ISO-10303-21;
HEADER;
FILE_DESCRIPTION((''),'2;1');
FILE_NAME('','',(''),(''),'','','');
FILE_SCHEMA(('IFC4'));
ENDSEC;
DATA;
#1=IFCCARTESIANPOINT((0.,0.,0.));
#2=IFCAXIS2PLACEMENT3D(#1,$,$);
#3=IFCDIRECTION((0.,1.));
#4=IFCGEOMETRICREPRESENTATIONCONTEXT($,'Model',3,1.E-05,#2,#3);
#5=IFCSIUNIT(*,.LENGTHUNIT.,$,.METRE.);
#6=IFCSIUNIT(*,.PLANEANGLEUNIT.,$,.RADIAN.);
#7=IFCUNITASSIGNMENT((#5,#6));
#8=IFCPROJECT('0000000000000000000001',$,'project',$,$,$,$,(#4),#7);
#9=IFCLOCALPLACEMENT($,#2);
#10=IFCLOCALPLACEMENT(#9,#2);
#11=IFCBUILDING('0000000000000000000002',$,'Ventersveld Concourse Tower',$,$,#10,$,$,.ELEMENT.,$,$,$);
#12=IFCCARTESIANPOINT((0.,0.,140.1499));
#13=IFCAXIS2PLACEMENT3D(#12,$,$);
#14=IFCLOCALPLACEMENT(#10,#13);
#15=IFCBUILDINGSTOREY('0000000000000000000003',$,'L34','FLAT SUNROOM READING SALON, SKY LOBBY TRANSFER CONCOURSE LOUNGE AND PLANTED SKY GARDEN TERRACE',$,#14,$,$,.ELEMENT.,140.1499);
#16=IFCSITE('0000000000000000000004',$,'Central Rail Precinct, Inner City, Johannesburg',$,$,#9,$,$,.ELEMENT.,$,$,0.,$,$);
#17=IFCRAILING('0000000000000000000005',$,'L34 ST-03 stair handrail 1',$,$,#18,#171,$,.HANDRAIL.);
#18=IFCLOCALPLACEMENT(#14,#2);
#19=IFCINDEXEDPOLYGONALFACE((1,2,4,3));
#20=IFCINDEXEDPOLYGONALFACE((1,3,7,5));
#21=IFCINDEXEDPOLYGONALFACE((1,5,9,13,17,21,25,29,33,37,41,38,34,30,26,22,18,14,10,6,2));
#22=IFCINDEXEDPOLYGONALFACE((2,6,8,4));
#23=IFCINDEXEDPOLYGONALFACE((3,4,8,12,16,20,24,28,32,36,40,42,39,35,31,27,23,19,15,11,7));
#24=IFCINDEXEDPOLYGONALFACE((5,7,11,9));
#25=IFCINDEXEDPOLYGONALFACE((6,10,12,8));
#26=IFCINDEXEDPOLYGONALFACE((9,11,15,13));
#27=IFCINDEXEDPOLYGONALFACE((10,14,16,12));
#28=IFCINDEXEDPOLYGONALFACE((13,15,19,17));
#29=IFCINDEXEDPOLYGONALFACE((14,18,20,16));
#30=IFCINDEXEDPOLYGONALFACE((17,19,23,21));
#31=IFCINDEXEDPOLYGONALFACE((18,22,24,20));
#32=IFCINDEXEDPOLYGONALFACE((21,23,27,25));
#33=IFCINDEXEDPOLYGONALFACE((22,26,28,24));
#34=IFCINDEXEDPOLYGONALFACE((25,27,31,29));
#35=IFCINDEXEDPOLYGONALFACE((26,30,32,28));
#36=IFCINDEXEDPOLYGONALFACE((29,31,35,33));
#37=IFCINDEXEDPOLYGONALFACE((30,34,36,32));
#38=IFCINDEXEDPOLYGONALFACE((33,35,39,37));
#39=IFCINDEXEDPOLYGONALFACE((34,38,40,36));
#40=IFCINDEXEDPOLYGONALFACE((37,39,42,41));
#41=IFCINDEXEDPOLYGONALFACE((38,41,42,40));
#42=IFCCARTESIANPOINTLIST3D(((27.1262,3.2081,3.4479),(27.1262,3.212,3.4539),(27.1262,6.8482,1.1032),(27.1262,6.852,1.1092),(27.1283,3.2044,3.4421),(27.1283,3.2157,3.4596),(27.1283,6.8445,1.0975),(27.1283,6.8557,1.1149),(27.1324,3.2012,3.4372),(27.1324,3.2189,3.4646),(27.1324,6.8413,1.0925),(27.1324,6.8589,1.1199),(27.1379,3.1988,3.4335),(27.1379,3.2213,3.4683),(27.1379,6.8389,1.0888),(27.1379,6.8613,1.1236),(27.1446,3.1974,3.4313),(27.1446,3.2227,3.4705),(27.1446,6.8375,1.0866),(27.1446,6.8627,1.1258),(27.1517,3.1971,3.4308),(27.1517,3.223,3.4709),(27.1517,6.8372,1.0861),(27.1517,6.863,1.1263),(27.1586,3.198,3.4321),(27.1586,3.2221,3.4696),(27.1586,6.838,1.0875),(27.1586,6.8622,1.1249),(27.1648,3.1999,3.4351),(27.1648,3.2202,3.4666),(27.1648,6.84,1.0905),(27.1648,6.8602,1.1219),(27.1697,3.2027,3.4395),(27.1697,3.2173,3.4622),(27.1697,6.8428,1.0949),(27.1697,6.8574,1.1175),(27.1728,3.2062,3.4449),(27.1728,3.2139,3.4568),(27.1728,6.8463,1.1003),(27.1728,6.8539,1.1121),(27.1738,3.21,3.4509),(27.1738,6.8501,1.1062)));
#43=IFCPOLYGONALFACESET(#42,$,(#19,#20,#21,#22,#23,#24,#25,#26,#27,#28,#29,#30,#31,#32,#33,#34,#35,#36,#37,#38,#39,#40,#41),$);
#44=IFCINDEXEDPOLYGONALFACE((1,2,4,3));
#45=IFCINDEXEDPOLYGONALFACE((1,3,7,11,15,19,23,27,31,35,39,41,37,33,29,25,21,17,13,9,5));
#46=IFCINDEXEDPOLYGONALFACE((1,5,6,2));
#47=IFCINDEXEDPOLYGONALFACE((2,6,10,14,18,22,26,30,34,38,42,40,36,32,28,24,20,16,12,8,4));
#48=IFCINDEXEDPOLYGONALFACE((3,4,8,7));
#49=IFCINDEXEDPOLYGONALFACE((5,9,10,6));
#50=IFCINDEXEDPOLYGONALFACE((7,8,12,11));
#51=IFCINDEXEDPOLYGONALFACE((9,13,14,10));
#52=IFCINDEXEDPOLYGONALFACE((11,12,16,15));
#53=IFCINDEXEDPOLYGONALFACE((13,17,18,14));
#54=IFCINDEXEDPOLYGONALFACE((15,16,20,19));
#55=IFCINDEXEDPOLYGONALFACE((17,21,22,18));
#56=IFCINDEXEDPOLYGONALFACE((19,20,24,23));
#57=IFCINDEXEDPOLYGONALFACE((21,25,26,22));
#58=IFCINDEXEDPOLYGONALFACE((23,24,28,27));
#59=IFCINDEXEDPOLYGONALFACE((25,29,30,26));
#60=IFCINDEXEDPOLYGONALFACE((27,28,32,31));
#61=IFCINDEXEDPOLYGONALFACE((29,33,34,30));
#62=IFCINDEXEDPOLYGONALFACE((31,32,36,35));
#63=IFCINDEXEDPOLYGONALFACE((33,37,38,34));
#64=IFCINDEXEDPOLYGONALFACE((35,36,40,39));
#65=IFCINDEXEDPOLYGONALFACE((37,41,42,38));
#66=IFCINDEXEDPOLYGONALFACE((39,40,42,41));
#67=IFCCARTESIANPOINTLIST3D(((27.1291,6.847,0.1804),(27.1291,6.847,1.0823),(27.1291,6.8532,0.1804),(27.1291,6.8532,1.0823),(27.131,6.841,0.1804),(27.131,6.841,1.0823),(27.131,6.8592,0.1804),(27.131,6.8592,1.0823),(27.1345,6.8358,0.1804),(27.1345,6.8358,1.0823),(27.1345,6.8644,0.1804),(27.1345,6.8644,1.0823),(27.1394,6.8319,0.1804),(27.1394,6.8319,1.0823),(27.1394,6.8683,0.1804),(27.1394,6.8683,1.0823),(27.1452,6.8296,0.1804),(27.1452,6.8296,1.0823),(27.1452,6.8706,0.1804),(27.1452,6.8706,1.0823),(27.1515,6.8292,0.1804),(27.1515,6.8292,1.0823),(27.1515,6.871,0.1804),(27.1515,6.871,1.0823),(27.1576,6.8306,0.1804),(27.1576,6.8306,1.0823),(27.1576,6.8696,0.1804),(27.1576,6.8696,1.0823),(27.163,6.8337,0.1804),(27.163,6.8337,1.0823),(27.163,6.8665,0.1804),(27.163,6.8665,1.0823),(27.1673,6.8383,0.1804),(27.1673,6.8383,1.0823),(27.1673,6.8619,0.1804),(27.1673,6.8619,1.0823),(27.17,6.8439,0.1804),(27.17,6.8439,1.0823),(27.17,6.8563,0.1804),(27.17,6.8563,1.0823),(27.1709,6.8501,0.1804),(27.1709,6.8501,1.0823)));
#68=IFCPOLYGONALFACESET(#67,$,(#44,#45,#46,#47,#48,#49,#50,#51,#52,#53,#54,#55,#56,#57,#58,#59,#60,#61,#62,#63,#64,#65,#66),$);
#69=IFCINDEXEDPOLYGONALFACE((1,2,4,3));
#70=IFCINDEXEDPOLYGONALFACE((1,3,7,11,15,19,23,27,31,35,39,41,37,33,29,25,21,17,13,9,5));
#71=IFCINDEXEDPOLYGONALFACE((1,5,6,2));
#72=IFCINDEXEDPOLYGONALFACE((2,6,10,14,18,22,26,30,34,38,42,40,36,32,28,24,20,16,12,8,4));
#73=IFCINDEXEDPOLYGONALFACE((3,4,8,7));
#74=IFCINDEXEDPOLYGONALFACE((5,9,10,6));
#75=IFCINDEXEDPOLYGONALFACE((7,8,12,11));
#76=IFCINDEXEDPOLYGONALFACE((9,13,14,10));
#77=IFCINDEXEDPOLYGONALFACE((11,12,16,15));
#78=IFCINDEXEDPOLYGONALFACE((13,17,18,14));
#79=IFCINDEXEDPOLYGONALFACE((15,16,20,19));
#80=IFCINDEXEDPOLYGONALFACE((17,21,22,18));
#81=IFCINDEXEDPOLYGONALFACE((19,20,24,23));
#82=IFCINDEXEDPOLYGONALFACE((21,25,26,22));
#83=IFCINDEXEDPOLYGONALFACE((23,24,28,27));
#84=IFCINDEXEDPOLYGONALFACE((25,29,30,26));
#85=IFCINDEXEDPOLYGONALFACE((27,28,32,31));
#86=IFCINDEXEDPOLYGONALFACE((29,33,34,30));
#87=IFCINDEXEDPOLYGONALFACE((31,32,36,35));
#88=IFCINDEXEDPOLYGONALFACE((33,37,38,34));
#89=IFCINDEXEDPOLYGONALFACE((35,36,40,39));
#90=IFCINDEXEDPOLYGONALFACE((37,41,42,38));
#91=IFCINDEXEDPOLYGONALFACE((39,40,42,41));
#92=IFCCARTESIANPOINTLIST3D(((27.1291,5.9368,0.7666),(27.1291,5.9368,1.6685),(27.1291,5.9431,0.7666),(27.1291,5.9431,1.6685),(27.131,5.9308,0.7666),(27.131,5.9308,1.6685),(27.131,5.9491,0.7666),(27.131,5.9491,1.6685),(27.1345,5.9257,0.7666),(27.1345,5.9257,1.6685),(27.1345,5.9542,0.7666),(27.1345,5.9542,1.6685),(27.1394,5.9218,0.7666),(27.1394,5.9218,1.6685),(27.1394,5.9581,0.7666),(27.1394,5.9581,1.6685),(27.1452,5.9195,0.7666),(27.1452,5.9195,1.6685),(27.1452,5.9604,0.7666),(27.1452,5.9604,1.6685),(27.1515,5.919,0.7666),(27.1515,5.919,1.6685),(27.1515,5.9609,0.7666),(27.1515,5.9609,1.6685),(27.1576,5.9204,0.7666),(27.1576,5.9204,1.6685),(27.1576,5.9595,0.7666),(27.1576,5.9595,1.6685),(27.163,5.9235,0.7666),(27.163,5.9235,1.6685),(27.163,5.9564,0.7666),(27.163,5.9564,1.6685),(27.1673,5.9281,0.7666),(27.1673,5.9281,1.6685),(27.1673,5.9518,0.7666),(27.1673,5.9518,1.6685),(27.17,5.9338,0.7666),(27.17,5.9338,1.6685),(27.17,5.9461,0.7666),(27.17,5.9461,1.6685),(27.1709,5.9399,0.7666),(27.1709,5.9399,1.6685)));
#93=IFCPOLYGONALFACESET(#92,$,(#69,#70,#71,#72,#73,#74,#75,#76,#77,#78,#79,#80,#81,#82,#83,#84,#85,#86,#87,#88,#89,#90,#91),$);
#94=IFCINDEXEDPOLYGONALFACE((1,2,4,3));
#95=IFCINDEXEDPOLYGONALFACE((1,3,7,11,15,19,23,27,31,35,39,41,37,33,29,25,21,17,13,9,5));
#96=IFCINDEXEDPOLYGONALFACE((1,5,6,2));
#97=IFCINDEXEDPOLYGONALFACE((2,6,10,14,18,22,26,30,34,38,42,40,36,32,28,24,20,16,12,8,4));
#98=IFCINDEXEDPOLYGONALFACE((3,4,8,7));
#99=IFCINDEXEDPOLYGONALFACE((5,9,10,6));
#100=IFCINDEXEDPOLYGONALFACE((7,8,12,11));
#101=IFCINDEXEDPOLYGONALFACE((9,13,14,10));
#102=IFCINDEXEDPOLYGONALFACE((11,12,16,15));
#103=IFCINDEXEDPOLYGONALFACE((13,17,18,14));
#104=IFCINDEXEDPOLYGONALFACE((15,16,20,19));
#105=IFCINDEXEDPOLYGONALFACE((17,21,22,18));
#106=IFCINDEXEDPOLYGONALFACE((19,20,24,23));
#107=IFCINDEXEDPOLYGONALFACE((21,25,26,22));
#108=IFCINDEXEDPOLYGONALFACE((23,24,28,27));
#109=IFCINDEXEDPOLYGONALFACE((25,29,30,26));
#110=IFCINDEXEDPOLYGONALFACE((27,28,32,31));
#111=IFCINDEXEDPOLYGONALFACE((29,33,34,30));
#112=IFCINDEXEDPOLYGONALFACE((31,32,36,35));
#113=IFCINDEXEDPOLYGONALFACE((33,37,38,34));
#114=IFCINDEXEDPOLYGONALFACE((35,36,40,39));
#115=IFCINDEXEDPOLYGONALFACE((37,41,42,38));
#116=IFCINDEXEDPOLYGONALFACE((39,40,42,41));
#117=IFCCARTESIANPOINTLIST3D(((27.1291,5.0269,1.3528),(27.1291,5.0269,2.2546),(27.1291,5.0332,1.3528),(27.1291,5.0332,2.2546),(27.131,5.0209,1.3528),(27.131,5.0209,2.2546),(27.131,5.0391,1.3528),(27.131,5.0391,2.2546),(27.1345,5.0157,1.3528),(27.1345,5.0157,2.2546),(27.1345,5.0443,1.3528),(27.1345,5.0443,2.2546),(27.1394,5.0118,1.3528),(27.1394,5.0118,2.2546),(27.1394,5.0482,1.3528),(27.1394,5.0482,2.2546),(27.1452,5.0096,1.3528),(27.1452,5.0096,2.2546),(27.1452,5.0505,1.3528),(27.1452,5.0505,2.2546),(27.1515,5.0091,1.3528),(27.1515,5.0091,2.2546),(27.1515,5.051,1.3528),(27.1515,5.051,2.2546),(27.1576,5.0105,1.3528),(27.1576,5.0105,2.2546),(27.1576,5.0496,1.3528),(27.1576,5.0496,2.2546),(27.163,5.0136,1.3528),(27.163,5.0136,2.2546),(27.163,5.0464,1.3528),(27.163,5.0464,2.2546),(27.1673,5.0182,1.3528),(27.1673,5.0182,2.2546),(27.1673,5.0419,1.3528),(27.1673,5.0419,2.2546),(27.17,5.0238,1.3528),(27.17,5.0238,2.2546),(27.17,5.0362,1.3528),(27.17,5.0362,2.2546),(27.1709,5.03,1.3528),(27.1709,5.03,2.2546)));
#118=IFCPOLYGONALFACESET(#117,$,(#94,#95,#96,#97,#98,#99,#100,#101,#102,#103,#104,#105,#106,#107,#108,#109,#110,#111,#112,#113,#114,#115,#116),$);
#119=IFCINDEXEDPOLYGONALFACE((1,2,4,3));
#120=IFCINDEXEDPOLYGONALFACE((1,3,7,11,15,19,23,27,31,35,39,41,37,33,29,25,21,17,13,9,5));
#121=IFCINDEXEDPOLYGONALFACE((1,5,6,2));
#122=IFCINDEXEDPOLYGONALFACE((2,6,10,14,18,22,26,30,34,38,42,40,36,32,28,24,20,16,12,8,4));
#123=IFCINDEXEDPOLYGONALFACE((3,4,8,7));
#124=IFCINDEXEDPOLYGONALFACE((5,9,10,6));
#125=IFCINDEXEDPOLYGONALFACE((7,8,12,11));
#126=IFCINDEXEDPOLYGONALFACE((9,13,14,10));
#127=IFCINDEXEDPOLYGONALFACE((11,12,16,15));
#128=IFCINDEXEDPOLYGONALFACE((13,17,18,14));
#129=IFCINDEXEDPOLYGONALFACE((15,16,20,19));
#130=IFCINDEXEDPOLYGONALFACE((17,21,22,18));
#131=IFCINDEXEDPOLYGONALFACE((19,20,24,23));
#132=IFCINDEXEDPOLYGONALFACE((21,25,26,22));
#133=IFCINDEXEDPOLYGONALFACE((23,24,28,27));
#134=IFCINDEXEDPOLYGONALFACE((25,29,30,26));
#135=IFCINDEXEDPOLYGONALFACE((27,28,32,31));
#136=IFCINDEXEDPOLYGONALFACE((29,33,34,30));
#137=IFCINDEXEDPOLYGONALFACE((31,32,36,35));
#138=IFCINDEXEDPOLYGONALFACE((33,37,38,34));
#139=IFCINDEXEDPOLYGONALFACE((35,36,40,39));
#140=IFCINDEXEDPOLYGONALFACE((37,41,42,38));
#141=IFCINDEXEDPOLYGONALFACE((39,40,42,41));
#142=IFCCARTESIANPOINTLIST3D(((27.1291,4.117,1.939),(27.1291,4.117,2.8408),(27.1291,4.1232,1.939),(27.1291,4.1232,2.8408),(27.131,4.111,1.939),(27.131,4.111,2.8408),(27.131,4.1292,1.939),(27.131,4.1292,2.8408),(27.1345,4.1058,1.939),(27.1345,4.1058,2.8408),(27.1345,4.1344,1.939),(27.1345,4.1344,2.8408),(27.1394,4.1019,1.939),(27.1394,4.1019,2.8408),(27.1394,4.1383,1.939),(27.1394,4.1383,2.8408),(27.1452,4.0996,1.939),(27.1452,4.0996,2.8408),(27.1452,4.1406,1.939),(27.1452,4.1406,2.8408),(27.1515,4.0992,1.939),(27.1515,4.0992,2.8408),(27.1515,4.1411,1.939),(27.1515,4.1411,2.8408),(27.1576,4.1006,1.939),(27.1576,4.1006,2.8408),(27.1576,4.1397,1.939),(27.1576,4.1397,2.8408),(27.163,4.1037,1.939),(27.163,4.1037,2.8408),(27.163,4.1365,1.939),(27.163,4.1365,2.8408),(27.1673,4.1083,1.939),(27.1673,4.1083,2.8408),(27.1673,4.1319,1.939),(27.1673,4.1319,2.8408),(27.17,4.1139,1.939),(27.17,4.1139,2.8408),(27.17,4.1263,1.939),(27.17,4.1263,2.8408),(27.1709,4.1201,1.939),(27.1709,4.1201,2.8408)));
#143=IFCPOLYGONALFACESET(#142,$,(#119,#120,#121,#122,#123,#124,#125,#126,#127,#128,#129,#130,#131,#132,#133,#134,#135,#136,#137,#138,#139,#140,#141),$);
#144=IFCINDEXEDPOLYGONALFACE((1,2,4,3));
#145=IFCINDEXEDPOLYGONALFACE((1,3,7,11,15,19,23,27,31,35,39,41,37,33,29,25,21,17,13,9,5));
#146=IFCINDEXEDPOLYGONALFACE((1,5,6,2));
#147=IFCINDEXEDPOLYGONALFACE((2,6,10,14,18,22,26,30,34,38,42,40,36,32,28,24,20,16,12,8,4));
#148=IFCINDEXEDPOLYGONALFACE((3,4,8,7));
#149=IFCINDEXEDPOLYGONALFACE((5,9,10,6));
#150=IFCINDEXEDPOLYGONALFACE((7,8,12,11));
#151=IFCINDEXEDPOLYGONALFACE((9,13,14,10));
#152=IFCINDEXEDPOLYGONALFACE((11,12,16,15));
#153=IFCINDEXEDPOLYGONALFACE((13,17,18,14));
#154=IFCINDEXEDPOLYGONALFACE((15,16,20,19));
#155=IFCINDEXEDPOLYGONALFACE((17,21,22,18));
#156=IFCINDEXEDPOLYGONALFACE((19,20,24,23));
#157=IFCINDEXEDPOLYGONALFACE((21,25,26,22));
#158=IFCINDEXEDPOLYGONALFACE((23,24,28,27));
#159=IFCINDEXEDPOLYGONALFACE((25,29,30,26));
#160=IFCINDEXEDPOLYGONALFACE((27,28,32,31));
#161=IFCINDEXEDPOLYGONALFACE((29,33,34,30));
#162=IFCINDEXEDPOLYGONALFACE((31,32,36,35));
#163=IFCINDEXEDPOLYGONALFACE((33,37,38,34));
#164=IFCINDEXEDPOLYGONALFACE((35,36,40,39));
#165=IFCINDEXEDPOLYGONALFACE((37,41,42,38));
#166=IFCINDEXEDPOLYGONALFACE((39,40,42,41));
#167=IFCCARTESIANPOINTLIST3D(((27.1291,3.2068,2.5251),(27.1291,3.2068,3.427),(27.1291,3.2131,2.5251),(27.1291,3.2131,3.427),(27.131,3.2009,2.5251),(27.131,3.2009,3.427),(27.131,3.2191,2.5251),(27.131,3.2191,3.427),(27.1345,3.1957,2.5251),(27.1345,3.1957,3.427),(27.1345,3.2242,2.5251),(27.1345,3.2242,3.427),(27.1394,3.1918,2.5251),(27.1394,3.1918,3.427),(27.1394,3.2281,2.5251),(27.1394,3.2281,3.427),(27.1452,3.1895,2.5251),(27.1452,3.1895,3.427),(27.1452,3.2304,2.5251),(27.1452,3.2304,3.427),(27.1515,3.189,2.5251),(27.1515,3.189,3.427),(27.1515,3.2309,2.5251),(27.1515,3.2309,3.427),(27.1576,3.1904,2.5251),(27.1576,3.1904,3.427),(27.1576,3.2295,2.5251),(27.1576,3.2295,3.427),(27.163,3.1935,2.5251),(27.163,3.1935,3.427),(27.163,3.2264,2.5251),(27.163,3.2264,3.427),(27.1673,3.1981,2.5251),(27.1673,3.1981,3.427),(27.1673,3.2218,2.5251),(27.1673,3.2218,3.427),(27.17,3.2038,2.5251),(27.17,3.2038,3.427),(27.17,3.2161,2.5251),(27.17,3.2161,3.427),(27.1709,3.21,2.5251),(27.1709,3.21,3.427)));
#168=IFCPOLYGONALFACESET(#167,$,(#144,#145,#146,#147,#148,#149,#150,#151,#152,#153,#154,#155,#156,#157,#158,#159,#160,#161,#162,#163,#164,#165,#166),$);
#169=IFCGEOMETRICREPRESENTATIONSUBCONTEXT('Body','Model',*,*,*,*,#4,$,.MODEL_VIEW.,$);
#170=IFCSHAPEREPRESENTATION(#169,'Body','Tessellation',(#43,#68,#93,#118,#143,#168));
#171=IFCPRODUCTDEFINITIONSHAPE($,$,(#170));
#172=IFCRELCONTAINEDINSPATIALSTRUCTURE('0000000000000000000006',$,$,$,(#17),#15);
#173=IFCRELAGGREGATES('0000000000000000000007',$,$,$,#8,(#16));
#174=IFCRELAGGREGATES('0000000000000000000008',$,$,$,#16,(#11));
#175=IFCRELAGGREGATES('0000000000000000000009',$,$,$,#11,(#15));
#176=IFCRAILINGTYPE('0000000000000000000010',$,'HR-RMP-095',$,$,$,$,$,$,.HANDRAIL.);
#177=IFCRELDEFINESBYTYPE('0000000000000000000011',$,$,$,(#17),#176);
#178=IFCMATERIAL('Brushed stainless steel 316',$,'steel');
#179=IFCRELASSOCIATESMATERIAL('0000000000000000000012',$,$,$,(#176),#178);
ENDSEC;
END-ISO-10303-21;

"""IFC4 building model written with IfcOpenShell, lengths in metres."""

from ifc_helpers import new_model, si_unit, direction, frame, origin, origin_2d, place, context, subcontext, project, spatial, circle, extrude, material, type_object, element, save


model = new_model("IFC4")

# Units and contexts
model_context = context("Model", 3, precision=1e-05, world=origin(), true_north=direction((0.0, 1.0)))
body_context = subcontext(model_context, "Body", "Model", "MODEL_VIEW")
ifc_project = project(units=[si_unit("LENGTHUNIT", "METRE"), si_unit("PLANEANGLEUNIT", "RADIAN")], contexts=[model_context])

# Site, building, storey
site_placement = place(None, origin())
site = spatial("IfcSite", under=ifc_project, at=site_placement, Name="Central Rail Precinct, Inner City, Johannesburg", CompositionType="ELEMENT", RefElevation=0.0)
building_placement = place(site_placement, origin())
building = spatial("IfcBuilding", under=site, at=building_placement, Name="Ventersveld Concourse Tower", CompositionType="ELEMENT")
storey_placement = place(building_placement, frame((0.0, 0.0, 140.1499)))
storey = spatial("IfcBuildingStorey", under=building, at=storey_placement, Name="L34", Description="FLAT SUNROOM READING SALON, SKY LOBBY TRANSFER CONCOURSE LOUNGE AND PLANTED SKY GARDEN TERRACE", CompositionType="ELEMENT", Elevation=140.1499)

# Shared definitions
ifc_material_1 = material(Name="Brushed stainless steel 316", Category="steel")

# Railing
railing_type_1 = type_object("IfcRailingType", Name="HR-RMP-095", PredefinedType="HANDRAIL", material=ifc_material_1)
railing_1_placement = place(storey_placement, frame((27.1499, 6.8501, 0.1804)))
element("IfcRailing", 1, at=railing_1_placement, inside=storey, type_object=railing_type_1, Name="L34 ST-03 stair handrail 1", PredefinedType="HANDRAIL", context=body_context, shape_type="SweptSolid", body=[
    extrude(circle(Radius=0.0239, at=origin_2d()), frame((0.0, 0.0, 0.9258), z_axis=(0.0, -0.840691, 0.541515), x_axis=(1.0, 0.0, 0.0)), (0.0, 0.0, 1.0), 4.3298),
    extrude(circle(Radius=0.021, at=origin_2d()), origin(), (0.0, 0.0, 1.0), 0.9019),
    extrude(circle(Radius=0.021, at=origin_2d()), frame((0.0, -0.9102, 0.5862)), (0.0, 0.0, 1.0), 0.9019),
    extrude(circle(Radius=0.021, at=origin_2d()), frame((0.0, -1.8201, 1.1724)), (0.0, 0.0, 1.0), 0.9019),
    extrude(circle(Radius=0.021, at=origin_2d()), frame((0.0, -2.73, 1.7585)), (0.0, 0.0, 1.0), 0.9019),
    extrude(circle(Radius=0.021, at=origin_2d()), frame((0.0, -3.6401, 2.3447)), (0.0, 0.0, 1.0), 0.9019),
])

save(model, "model.ifc")
